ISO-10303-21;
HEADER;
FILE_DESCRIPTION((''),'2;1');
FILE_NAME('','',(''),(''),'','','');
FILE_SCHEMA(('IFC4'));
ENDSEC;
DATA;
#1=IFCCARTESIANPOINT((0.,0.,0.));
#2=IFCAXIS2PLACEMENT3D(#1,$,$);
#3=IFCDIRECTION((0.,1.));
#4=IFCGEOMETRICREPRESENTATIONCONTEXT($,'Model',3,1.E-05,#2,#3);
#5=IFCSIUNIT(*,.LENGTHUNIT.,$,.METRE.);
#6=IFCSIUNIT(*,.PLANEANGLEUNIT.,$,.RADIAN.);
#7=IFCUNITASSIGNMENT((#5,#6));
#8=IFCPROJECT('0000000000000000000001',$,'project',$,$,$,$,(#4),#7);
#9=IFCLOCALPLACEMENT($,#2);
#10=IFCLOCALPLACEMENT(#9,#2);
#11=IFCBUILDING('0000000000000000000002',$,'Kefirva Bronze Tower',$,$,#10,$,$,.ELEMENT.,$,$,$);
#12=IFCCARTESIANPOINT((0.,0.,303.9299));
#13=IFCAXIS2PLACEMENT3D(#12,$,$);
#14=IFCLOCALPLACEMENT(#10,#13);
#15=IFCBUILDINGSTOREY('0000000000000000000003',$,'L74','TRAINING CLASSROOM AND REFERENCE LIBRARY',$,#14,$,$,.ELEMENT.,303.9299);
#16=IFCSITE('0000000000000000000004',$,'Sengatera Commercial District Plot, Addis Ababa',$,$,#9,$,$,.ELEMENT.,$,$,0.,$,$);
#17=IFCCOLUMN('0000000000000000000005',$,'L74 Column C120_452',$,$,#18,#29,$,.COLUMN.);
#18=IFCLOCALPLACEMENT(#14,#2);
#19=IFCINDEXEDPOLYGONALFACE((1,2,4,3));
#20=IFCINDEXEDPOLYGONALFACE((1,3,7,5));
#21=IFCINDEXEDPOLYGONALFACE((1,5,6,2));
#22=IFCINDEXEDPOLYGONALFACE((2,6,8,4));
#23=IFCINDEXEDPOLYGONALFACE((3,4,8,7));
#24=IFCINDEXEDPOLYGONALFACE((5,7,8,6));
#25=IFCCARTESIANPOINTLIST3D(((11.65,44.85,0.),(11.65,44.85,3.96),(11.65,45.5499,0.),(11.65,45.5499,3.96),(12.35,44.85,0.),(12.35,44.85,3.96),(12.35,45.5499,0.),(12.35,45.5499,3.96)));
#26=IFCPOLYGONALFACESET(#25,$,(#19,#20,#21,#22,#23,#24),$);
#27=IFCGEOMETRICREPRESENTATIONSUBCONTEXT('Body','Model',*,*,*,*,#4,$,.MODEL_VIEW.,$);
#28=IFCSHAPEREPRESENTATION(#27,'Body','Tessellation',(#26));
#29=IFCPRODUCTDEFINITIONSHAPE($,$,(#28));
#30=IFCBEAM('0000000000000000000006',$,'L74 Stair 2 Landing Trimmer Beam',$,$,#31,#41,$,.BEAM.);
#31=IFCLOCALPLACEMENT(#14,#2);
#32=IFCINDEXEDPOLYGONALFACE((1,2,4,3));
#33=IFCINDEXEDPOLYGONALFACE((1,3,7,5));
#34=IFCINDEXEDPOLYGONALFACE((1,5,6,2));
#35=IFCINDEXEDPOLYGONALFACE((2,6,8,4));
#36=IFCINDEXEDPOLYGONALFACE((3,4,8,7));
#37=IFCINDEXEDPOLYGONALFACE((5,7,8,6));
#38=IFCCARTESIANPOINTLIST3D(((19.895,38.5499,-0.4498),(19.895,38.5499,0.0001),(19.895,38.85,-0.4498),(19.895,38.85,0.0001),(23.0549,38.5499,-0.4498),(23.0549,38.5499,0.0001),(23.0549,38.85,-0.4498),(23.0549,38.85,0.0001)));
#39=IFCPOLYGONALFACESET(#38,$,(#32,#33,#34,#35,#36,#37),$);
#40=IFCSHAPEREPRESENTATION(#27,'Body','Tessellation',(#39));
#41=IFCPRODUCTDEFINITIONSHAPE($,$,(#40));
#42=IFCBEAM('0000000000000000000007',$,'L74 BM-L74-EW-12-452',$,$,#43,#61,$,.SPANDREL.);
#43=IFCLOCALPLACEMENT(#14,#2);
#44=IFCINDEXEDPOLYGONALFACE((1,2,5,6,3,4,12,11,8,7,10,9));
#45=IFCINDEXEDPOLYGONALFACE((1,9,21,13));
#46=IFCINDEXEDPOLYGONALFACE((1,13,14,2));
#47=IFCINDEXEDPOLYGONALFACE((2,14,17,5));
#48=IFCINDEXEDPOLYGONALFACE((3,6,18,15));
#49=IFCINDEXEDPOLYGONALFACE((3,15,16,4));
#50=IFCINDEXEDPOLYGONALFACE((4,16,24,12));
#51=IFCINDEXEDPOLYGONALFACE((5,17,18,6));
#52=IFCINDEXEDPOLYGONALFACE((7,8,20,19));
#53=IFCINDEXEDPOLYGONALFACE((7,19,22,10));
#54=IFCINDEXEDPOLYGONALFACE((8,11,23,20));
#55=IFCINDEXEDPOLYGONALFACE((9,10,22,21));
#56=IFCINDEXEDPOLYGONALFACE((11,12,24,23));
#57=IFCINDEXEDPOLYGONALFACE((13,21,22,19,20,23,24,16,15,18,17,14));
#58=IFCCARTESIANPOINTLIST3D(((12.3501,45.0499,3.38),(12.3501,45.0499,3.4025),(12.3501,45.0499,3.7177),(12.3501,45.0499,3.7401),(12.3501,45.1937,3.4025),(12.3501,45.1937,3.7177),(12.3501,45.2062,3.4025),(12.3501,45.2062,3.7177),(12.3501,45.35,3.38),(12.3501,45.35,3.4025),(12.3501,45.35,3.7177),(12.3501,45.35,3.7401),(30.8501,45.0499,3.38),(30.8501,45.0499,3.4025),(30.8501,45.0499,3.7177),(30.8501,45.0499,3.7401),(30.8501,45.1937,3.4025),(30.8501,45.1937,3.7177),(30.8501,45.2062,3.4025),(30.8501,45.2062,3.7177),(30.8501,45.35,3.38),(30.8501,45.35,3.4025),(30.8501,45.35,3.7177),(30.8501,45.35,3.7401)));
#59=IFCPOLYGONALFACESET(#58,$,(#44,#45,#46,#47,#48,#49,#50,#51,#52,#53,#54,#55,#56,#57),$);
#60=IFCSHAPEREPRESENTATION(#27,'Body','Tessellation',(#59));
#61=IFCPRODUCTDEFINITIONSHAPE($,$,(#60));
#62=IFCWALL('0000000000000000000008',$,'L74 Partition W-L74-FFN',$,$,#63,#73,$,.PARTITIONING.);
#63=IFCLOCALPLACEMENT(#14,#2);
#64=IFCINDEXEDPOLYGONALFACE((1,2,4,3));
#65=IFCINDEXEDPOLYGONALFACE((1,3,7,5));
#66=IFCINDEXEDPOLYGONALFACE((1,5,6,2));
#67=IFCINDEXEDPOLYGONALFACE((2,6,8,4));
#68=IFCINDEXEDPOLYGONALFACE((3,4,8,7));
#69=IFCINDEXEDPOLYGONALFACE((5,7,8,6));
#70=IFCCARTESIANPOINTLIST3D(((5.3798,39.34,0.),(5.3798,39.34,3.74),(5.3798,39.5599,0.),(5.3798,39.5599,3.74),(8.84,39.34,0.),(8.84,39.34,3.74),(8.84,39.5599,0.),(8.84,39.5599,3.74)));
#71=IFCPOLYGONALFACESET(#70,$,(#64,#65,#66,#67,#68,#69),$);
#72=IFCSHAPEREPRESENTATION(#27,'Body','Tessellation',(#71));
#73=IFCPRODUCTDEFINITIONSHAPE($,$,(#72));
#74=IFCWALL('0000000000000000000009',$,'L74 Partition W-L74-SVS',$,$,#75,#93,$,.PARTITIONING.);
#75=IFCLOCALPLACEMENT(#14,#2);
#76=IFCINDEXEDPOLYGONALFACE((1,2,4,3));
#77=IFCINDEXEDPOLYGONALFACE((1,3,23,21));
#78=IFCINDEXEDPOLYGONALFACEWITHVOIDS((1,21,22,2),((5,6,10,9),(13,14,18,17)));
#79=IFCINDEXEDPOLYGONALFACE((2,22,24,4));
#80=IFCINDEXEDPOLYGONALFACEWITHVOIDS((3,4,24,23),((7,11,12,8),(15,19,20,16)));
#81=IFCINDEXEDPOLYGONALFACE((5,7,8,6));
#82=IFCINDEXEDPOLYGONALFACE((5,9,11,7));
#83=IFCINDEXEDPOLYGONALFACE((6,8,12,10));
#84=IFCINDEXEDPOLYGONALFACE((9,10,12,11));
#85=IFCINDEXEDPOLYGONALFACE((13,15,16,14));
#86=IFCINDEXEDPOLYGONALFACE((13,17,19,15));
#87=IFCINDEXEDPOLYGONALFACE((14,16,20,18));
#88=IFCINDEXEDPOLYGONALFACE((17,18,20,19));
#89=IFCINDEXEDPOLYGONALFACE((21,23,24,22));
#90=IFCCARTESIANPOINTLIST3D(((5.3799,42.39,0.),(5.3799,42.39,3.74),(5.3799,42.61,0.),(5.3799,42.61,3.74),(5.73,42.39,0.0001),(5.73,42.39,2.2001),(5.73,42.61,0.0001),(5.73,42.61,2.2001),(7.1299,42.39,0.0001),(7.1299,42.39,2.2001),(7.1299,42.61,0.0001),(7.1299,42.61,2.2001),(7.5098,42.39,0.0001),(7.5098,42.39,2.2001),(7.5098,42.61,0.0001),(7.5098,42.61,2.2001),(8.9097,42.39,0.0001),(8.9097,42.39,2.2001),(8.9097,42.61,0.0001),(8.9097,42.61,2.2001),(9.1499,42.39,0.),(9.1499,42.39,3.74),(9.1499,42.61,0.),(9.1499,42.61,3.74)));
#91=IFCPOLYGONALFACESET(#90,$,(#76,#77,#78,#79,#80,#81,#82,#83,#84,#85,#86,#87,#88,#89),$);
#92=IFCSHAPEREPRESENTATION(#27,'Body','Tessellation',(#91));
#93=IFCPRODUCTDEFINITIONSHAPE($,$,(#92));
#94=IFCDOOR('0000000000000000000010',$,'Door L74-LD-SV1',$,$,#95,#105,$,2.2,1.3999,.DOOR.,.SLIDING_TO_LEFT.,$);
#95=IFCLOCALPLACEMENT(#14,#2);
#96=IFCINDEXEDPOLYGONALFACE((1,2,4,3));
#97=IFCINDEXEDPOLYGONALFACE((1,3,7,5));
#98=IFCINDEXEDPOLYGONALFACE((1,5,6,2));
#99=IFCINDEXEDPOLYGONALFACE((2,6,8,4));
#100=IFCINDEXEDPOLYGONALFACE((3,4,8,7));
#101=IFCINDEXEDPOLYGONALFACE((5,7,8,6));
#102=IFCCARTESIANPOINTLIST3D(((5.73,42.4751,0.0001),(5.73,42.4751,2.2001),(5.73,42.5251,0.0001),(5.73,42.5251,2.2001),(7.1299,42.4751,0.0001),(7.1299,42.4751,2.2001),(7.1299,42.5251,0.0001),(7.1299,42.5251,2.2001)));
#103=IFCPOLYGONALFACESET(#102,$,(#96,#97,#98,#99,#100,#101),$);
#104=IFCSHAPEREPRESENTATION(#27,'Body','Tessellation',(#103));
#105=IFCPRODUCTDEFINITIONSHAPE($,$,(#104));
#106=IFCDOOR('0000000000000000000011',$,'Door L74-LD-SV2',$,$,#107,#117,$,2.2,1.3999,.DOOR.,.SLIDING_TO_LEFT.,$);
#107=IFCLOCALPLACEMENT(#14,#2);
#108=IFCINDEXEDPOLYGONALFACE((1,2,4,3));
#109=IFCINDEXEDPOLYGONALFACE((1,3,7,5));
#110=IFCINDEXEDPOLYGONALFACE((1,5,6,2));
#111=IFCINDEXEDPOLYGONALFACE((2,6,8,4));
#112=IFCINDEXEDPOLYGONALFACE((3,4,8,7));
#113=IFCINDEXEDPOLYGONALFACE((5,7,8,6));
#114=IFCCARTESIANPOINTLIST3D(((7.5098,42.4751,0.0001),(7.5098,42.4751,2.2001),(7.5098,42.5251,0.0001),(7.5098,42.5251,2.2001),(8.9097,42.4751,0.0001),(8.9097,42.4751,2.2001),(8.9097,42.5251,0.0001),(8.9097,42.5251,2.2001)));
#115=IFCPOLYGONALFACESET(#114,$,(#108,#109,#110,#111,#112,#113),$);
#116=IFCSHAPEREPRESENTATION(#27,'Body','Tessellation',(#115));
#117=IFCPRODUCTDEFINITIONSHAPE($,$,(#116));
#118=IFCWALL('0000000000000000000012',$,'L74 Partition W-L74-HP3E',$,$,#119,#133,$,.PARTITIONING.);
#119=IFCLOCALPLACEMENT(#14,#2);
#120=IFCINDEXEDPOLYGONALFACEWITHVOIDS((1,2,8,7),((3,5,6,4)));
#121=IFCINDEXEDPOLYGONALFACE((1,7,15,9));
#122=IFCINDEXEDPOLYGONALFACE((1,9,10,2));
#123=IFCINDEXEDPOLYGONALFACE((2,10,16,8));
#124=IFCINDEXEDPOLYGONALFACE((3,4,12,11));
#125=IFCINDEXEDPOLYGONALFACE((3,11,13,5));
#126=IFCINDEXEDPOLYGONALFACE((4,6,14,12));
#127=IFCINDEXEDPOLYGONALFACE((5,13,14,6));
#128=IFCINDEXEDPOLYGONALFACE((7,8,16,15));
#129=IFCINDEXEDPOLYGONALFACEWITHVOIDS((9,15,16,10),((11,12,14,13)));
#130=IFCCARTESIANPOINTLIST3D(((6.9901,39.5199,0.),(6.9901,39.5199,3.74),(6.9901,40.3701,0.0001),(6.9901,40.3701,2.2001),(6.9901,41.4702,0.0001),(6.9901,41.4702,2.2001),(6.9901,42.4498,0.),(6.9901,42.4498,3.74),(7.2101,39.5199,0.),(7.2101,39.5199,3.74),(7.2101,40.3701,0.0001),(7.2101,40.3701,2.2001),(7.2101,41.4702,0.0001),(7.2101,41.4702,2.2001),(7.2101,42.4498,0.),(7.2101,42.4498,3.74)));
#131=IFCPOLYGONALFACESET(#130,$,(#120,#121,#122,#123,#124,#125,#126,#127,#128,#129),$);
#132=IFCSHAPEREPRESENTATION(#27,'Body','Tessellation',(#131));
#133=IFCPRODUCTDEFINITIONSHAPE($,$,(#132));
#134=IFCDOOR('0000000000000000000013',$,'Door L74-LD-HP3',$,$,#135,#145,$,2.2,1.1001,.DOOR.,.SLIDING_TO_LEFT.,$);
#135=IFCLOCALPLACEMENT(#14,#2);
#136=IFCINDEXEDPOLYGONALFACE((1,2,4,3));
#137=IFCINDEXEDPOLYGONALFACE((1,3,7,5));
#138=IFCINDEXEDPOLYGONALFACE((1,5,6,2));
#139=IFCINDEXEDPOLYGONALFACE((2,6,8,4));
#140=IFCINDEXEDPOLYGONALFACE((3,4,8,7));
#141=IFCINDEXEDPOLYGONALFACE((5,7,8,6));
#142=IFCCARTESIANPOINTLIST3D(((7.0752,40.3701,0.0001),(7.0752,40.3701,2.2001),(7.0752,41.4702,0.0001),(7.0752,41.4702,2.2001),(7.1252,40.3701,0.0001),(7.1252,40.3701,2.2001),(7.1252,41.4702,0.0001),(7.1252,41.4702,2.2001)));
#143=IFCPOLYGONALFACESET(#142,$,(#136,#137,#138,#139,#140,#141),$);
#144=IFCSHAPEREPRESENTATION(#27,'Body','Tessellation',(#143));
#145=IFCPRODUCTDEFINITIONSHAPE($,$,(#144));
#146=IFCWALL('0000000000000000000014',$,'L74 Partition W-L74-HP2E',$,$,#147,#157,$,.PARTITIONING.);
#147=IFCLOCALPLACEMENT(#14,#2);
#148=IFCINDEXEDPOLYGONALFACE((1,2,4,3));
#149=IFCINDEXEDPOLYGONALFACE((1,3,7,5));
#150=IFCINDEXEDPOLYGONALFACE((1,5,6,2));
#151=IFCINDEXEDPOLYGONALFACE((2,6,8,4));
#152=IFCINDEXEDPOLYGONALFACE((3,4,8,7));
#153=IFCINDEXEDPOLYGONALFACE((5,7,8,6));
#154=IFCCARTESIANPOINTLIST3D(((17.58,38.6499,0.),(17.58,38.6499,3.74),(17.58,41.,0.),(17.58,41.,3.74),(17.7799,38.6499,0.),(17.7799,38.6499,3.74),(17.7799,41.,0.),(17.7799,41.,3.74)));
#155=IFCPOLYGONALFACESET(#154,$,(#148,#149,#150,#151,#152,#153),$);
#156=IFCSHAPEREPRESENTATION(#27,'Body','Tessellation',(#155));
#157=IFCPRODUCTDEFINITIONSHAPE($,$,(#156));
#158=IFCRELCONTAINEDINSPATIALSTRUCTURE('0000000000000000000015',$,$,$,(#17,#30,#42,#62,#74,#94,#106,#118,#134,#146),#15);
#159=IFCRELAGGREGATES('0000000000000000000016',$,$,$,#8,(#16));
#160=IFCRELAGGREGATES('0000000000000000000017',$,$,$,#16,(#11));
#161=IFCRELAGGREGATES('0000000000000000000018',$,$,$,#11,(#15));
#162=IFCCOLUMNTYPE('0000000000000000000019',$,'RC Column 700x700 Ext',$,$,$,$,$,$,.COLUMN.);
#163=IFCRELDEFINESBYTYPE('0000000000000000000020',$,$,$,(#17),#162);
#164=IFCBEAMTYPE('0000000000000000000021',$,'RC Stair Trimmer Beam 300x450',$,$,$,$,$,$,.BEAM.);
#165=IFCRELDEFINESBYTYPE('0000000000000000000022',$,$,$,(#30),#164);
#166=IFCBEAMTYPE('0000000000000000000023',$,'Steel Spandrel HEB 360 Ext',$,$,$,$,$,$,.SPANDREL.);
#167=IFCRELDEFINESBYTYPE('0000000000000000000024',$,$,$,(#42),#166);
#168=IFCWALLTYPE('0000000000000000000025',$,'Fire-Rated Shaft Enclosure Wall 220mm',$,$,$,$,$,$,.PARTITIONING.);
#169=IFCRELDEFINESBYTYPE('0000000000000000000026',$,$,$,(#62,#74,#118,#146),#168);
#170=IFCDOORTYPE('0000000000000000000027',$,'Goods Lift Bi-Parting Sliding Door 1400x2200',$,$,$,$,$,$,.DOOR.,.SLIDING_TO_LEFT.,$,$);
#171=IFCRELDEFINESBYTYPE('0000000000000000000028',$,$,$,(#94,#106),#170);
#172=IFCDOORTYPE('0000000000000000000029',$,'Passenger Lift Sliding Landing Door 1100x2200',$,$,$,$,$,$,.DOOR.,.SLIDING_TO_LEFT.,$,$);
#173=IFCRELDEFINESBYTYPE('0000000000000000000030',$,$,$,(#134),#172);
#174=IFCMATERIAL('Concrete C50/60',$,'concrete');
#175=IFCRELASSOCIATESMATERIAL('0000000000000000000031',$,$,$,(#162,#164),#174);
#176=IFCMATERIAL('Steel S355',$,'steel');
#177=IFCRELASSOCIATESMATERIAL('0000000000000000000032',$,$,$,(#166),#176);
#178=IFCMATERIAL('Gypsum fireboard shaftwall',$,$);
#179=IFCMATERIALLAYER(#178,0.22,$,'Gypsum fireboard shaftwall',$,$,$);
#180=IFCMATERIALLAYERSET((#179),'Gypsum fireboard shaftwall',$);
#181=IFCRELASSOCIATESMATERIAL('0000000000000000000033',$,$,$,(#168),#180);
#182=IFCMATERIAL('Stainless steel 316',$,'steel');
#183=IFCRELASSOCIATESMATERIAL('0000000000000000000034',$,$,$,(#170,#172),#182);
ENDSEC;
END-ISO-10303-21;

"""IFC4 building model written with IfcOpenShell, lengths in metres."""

from ifc_helpers import new_model, si_unit, direction, frame, frame_2d, origin, origin_2d, place, context, subcontext, project, spatial, rectangle, i_section, extrude, material, layer, layer_set, material_profile, profile_set, type_object, element, fill, save


model = new_model("IFC4")

# Units and contexts
model_context = context("Model", 3, precision=1e-05, world=origin(), true_north=direction((0.0, 1.0)))
body_context = subcontext(model_context, "Body", "Model", "MODEL_VIEW")
ifc_project = project(units=[si_unit("LENGTHUNIT", "METRE"), si_unit("PLANEANGLEUNIT", "RADIAN")], contexts=[model_context])

# Site, building, storey
site_placement = place(None, origin())
site = spatial("IfcSite", under=ifc_project, at=site_placement, Name="Sengatera Commercial District Plot, Addis Ababa", CompositionType="ELEMENT", RefElevation=0.0)
building_placement = place(site_placement, origin())
building = spatial("IfcBuilding", under=site, at=building_placement, Name="Kefirva Bronze Tower", CompositionType="ELEMENT")
storey_placement = place(building_placement, frame((0.0, 0.0, 303.9299)))
storey = spatial("IfcBuildingStorey", under=building, at=storey_placement, Name="L74", Description="TRAINING CLASSROOM AND REFERENCE LIBRARY", CompositionType="ELEMENT", Elevation=303.9299)

# Column
ifc_material_1 = material(Name="Concrete C50/60", Category="concrete")
ifc_material_profile_1 = material_profile(ifc_material_1, rectangle(XDim=0.7, YDim=0.7, at=origin_2d()), Name="RC 700x700")
ifc_profile_set_1 = profile_set([ifc_material_profile_1], Name="Concrete C50/60")
column_type = type_object("IfcColumnType", Name="RC Column 700x700 Ext", PredefinedType="COLUMN", material=ifc_profile_set_1)
column_placement = place(storey_placement, frame((12.0, 45.2, 0.0), z_axis=(0.0, 0.0, 1.0), x_axis=(1.0, 0.0, 0.0)))
element("IfcColumn", 1, at=column_placement, inside=storey, type_object=column_type, Name="L74 Column C120_452", PredefinedType="COLUMN", context=body_context, shape_type="SweptSolid", body=[
    extrude(rectangle(XDim=0.7, YDim=0.7, at=origin_2d()), origin(), (0.0, 0.0, 1.0), 3.96),
])

# Beams
ifc_material_profile_2 = material_profile(ifc_material_1, rectangle(XDim=0.3, YDim=0.45, at=origin_2d()), Name="RC 300x450")
ifc_profile_set_2 = profile_set([ifc_material_profile_2], Name="Concrete C50/60")
beam_type_1 = type_object("IfcBeamType", Name="RC Stair Trimmer Beam 300x450", PredefinedType="BEAM", material=ifc_profile_set_2)
beam_1_placement = place(storey_placement, frame((19.895, 38.7, -0.2249), z_axis=(1.0, 0.0, 0.0), x_axis=(0.0, 1.0, 0.0)))
element("IfcBeam", 2, at=beam_1_placement, inside=storey, type_object=beam_type_1, Name="L74 Stair 2 Landing Trimmer Beam", PredefinedType="BEAM", context=body_context, shape_type="SweptSolid", body=[
    extrude(rectangle(XDim=0.3, YDim=0.45, at=origin_2d()), origin(), (0.0, 0.0, 1.0), 3.1599),
])
ifc_material_2 = material(Name="Steel S355", Category="steel")
ifc_material_profile_3 = material_profile(ifc_material_2, i_section(OverallWidth=0.3, OverallDepth=0.3601, WebThickness=0.0125, FlangeThickness=0.0225, at=origin_2d()), Name="HEB 360")
ifc_profile_set_3 = profile_set([ifc_material_profile_3], Name="Steel S355")
beam_type_2 = type_object("IfcBeamType", Name="Steel Spandrel HEB 360 Ext", PredefinedType="SPANDREL", material=ifc_profile_set_3)
beam_2_placement = place(storey_placement, frame((12.3501, 45.2, 3.5601), z_axis=(1.0, 0.0, 0.0), x_axis=(0.0, 1.0, 0.0)))
element("IfcBeam", 3, at=beam_2_placement, inside=storey, type_object=beam_type_2, Name="L74 BM-L74-EW-12-452", PredefinedType="SPANDREL", context=body_context, shape_type="SweptSolid", body=[
    extrude(i_section(OverallWidth=0.3, OverallDepth=0.3601, WebThickness=0.0125, FlangeThickness=0.0225, at=origin_2d()), origin(), (0.0, 0.0, 1.0), 18.5),
])

# Wall
ifc_material_3 = material(Name="Gypsum fireboard shaftwall")
ifc_layer_1 = layer(ifc_material_3, 0.22, Name="Gypsum fireboard shaftwall")
ifc_layer_set_1 = layer_set([ifc_layer_1], Name="Gypsum fireboard shaftwall")
wall_type_1 = type_object("IfcWallType", Name="Fire-Rated Shaft Enclosure Wall 220mm", PredefinedType="PARTITIONING", material=ifc_layer_set_1)
wall_1_placement = place(storey_placement, frame((5.3799, 39.45, 0.0), z_axis=(0.0, 0.0, 1.0), x_axis=(1.0, 0.0, 0.0)))
element("IfcWall", 4, at=wall_1_placement, inside=storey, type_object=wall_type_1, Name="L74 Partition W-L74-FFN", PredefinedType="PARTITIONING", context=body_context, shape_type="SweptSolid", body=[
    extrude(rectangle(XDim=3.4602, YDim=0.22, at=frame_2d((1.73, 0.0))), origin(), (0.0, 0.0, 1.0), 3.74),
])

# Wall, openings, doors
wall_2_placement = place(storey_placement, frame((5.3799, 42.5, 0.0), z_axis=(0.0, 0.0, 1.0), x_axis=(1.0, 0.0, 0.0)))
wall_2 = element("IfcWall", 5, at=wall_2_placement, inside=storey, type_object=wall_type_1, Name="L74 Partition W-L74-SVS", PredefinedType="PARTITIONING", context=body_context, shape_type="SweptSolid", body=[
    extrude(rectangle(XDim=3.77, YDim=0.22, at=frame_2d((1.885, 0.0))), origin(), (0.0, 0.0, 1.0), 3.74),
])
opening_1_placement = place(wall_2_placement, frame((1.75, 0.0, 0.0), z_axis=(0.0, 0.0, 1.0), x_axis=(-1.0, 0.0, 0.0)))
opening_1 = element("IfcOpeningElement", 6, at=opening_1_placement, cuts=wall_2, PredefinedType="OPENING", context=body_context, shape_type="SweptSolid", body=[
    extrude(rectangle(XDim=1.3999, YDim=2.2, at=frame_2d((0.7, 1.1001))), frame((0.0, 0.1201, 0.0), z_axis=(0.0, -1.0, 0.0), x_axis=(1.0, 0.0, 0.0)), (0.0, 0.0, 1.0), 0.24),
])
opening_2_placement = place(wall_2_placement, frame((3.5298, 0.0, 0.0), z_axis=(0.0, 0.0, 1.0), x_axis=(-1.0, 0.0, 0.0)))
opening_2 = element("IfcOpeningElement", 7, at=opening_2_placement, cuts=wall_2, PredefinedType="OPENING", context=body_context, shape_type="SweptSolid", body=[
    extrude(rectangle(XDim=1.3999, YDim=2.2, at=frame_2d((0.7, 1.1001))), frame((0.0, 0.1201, 0.0), z_axis=(0.0, -1.0, 0.0), x_axis=(1.0, 0.0, 0.0)), (0.0, 0.0, 1.0), 0.24),
])
ifc_material_4 = material(Name="Stainless steel 316", Category="steel")
door_type_1 = type_object("IfcDoorType", Name="Goods Lift Bi-Parting Sliding Door 1400x2200", OperationType="SLIDING_TO_LEFT", PredefinedType="DOOR", material=ifc_material_4)
door_1_placement = place(opening_1_placement, origin())
door_1 = element("IfcDoor", 8, at=door_1_placement, inside=storey, type_object=door_type_1, Name="Door L74-LD-SV1", OperationType="SLIDING_TO_LEFT", OverallHeight=2.2, OverallWidth=1.3999, PredefinedType="DOOR", context=body_context, shape_type="SweptSolid", body=[
    extrude(rectangle(XDim=1.3999, YDim=2.2, at=frame_2d((0.7, 1.1001))), frame((0.0, 0.0249, 0.0), z_axis=(0.0, -1.0, 0.0), x_axis=(1.0, 0.0, 0.0)), (0.0, 0.0, 1.0), 0.05),
])
fill(opening_1, door_1)
door_2_placement = place(opening_2_placement, origin())
door_2 = element("IfcDoor", 9, at=door_2_placement, inside=storey, type_object=door_type_1, Name="Door L74-LD-SV2", OperationType="SLIDING_TO_LEFT", OverallHeight=2.2, OverallWidth=1.3999, PredefinedType="DOOR", context=body_context, shape_type="SweptSolid", body=[
    extrude(rectangle(XDim=1.3999, YDim=2.2, at=frame_2d((0.7, 1.1001))), frame((0.0, 0.0249, 0.0), z_axis=(0.0, -1.0, 0.0), x_axis=(1.0, 0.0, 0.0)), (0.0, 0.0, 1.0), 0.05),
])
fill(opening_2, door_2)

# Wall, opening, door
wall_3_placement = place(storey_placement, frame((7.1001, 39.52, 0.0), z_axis=(0.0, 0.0, 1.0), x_axis=(0.0, 1.0, 0.0)))
wall_3 = element("IfcWall", 10, at=wall_3_placement, inside=storey, type_object=wall_type_1, Name="L74 Partition W-L74-HP3E", PredefinedType="PARTITIONING", context=body_context, shape_type="SweptSolid", body=[
    extrude(rectangle(XDim=2.9299, YDim=0.22, at=frame_2d((1.4648, 0.0))), origin(), (0.0, 0.0, 1.0), 3.74),
])
opening_3_placement = place(wall_3_placement, frame((0.8501, 0.0, 0.0)))
opening_3 = element("IfcOpeningElement", 11, at=opening_3_placement, cuts=wall_3, PredefinedType="OPENING", context=body_context, shape_type="SweptSolid", body=[
    extrude(rectangle(XDim=1.1001, YDim=2.2, at=frame_2d((0.55, 1.1001))), frame((0.0, 0.1201, 0.0), z_axis=(0.0, -1.0, 0.0), x_axis=(1.0, 0.0, 0.0)), (0.0, 0.0, 1.0), 0.24),
])
door_type_2 = type_object("IfcDoorType", Name="Passenger Lift Sliding Landing Door 1100x2200", OperationType="SLIDING_TO_LEFT", PredefinedType="DOOR", material=ifc_material_4)
door_3_placement = place(opening_3_placement, origin())
door_3 = element("IfcDoor", 12, at=door_3_placement, inside=storey, type_object=door_type_2, Name="Door L74-LD-HP3", OperationType="SLIDING_TO_LEFT", OverallHeight=2.2, OverallWidth=1.1001, PredefinedType="DOOR", context=body_context, shape_type="SweptSolid", body=[
    extrude(rectangle(XDim=1.1001, YDim=2.2, at=frame_2d((0.55, 1.1001))), frame((0.0, 0.0249, 0.0), z_axis=(0.0, -1.0, 0.0), x_axis=(1.0, 0.0, 0.0)), (0.0, 0.0, 1.0), 0.05),
])
fill(opening_3, door_3)

# Wall
wall_4_placement = place(storey_placement, frame((17.6799, 38.6499, 0.0), z_axis=(0.0, 0.0, 1.0), x_axis=(0.0, 1.0, 0.0)))
element("IfcWall", 13, at=wall_4_placement, inside=storey, type_object=wall_type_1, Name="L74 Partition W-L74-HP2E", PredefinedType="PARTITIONING", context=body_context, shape_type="SweptSolid", body=[
    extrude(rectangle(XDim=2.3501, YDim=0.2, at=frame_2d((1.175, 0.0))), origin(), (0.0, 0.0, 1.0), 3.74),
])

save(model, "model.ifc")
